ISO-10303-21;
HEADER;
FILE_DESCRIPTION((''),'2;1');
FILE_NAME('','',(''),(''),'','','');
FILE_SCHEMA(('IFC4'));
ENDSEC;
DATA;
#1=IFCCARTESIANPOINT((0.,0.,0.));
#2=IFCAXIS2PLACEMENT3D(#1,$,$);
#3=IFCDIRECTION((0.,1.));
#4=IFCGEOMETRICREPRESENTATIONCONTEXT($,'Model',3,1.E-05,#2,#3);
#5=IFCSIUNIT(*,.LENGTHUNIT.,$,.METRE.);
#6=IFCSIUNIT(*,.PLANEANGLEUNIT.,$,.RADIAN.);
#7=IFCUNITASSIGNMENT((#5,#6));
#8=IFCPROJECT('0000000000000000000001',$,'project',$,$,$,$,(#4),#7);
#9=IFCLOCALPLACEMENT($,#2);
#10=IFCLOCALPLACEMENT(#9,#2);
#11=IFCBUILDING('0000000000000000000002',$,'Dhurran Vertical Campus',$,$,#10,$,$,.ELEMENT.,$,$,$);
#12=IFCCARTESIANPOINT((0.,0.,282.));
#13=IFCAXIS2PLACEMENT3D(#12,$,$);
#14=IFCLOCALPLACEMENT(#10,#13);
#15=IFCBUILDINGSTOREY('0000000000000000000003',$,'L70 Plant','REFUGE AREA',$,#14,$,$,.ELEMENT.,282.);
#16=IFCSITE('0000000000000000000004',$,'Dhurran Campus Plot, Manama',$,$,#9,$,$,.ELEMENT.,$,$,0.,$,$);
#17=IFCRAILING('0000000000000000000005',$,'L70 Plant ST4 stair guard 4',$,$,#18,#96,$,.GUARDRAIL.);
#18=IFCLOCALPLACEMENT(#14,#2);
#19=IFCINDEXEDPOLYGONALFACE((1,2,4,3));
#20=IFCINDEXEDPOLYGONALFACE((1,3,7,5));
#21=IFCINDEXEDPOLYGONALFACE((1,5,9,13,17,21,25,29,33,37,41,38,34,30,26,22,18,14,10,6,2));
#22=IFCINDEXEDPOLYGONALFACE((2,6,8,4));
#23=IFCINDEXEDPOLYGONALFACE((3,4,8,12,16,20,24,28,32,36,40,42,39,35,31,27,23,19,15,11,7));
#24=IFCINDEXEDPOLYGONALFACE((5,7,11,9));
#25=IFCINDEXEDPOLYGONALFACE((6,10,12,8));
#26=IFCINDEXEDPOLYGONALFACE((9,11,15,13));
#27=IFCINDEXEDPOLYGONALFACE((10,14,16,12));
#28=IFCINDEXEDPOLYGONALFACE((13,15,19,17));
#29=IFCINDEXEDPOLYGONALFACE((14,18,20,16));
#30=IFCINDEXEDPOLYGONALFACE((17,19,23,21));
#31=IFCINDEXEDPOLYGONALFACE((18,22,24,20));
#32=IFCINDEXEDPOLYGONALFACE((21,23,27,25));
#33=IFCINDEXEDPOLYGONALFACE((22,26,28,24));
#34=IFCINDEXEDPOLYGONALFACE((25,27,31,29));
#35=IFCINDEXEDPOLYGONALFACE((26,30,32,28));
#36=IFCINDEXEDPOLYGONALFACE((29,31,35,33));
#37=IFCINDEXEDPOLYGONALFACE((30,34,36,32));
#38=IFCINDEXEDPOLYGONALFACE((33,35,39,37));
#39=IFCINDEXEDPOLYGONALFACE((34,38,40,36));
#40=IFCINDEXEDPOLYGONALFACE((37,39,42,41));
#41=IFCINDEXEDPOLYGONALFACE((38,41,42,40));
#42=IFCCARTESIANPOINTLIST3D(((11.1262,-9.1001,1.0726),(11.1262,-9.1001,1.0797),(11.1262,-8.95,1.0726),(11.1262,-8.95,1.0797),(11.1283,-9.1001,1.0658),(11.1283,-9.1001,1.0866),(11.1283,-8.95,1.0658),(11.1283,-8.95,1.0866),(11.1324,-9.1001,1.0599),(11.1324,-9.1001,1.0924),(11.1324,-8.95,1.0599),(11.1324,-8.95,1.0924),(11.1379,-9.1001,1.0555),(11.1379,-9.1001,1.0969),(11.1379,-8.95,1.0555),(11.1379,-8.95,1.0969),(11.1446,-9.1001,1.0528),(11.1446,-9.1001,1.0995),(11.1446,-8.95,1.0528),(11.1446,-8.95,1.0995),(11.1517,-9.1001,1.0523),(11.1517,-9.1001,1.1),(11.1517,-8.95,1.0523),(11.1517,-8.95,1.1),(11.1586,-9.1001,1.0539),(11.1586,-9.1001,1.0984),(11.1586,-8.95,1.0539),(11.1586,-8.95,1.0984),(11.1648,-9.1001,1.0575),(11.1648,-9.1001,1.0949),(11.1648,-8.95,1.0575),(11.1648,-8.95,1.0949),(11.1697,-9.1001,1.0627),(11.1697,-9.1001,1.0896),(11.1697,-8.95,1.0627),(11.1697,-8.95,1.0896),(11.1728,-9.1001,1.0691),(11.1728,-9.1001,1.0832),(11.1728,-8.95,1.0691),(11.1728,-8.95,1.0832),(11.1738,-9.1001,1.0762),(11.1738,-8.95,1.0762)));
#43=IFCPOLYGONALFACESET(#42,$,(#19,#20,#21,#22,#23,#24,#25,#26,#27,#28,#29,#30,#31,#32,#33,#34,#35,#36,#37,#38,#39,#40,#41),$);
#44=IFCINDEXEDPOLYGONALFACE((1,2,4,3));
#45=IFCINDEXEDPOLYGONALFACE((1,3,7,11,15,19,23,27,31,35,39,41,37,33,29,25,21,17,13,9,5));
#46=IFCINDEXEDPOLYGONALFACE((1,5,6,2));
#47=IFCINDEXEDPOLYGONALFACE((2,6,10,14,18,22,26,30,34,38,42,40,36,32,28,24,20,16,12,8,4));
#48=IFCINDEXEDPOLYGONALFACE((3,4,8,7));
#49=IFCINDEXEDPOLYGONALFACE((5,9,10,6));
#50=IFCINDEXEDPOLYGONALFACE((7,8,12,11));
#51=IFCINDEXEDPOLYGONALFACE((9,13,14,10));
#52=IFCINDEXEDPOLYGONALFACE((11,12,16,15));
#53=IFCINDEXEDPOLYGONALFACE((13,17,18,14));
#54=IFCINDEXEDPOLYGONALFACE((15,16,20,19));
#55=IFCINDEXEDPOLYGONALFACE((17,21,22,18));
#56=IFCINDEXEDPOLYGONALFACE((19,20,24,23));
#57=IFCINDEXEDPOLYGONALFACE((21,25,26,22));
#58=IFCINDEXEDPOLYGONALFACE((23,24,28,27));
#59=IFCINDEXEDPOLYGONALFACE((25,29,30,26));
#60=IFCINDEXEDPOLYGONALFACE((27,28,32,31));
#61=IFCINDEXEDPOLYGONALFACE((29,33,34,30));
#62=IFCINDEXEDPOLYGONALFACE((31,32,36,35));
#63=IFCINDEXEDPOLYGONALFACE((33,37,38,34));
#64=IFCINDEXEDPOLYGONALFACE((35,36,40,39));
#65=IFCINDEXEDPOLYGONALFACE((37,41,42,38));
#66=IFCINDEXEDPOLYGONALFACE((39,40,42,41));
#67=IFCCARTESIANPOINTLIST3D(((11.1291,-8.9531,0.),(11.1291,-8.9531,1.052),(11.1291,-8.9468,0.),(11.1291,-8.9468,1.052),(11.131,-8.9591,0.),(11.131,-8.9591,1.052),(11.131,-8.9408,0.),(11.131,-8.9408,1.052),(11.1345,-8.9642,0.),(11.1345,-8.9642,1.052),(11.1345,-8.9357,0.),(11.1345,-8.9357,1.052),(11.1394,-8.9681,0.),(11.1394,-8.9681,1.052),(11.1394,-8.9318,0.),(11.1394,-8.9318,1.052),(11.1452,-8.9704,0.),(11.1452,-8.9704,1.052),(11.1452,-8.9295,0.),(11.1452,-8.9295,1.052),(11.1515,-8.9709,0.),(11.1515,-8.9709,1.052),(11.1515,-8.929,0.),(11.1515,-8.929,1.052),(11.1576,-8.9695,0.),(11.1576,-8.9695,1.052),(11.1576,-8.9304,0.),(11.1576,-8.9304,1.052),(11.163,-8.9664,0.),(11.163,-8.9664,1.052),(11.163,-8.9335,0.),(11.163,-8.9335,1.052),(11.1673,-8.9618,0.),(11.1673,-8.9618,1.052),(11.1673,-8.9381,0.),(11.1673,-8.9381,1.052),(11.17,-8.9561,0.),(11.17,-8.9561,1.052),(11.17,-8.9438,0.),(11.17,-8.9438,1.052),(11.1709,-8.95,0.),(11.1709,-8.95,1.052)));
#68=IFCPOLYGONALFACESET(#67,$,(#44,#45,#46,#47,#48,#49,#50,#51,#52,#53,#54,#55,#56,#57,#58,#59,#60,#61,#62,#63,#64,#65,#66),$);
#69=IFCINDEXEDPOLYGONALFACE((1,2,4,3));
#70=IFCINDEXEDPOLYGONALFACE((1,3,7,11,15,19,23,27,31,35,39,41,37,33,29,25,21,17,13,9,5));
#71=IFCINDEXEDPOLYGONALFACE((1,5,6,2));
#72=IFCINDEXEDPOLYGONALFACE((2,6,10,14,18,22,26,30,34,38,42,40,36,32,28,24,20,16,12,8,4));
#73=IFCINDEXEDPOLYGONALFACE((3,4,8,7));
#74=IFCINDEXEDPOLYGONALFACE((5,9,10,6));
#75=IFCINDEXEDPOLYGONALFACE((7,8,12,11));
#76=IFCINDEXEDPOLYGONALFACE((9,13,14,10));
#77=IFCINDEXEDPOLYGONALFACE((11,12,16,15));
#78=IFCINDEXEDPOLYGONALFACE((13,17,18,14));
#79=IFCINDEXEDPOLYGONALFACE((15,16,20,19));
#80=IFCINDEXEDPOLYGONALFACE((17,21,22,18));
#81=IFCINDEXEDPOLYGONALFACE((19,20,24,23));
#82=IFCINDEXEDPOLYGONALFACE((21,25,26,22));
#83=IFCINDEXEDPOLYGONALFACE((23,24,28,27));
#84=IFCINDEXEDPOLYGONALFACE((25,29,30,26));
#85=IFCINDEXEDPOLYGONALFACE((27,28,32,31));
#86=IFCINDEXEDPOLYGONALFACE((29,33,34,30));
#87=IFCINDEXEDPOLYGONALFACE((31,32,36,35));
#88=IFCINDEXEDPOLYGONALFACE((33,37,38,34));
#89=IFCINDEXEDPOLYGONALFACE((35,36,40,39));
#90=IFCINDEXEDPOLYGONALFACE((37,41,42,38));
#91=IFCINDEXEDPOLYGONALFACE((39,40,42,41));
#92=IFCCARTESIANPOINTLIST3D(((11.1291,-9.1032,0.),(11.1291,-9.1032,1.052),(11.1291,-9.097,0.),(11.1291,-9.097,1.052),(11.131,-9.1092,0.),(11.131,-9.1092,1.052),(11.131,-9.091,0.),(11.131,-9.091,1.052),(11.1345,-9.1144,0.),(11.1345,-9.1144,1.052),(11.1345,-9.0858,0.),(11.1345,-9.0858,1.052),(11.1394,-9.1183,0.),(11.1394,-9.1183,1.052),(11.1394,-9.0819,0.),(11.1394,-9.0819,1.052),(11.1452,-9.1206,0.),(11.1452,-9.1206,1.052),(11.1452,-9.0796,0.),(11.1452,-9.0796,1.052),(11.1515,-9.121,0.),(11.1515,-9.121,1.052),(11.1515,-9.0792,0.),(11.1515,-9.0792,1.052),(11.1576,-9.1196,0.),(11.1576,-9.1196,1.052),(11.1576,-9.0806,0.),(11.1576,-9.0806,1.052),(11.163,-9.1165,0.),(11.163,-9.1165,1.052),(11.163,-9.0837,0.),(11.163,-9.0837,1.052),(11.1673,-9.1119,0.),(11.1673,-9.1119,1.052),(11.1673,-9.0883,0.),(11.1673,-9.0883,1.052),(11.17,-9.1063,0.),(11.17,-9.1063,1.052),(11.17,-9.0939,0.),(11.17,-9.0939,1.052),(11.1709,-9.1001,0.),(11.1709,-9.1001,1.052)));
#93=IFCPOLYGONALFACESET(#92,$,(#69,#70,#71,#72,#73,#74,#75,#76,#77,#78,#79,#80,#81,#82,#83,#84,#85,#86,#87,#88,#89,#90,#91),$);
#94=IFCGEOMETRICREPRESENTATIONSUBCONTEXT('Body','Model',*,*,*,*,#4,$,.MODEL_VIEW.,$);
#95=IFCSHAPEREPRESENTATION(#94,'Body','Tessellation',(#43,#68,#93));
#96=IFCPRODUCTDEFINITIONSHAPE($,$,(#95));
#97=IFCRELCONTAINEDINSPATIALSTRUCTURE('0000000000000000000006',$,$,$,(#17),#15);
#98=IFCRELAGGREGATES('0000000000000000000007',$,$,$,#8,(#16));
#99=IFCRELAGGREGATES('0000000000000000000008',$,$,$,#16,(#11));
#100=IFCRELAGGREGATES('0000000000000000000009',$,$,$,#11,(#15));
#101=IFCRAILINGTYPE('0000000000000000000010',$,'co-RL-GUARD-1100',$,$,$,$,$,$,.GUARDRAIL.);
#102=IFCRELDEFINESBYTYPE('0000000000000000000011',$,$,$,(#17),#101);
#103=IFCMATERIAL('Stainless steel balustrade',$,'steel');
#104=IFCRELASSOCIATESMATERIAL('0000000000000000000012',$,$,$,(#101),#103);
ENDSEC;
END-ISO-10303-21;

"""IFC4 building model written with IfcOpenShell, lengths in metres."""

from ifc_helpers import new_model, si_unit, direction, frame, origin, origin_2d, place, context, subcontext, project, spatial, circle, extrude, material, type_object, element, save


model = new_model("IFC4")

# Units and contexts
model_context = context("Model", 3, precision=1e-05, world=origin(), true_north=direction((0.0, 1.0)))
body_context = subcontext(model_context, "Body", "Model", "MODEL_VIEW")
ifc_project = project(units=[si_unit("LENGTHUNIT", "METRE"), si_unit("PLANEANGLEUNIT", "RADIAN")], contexts=[model_context])

# Site, building, storey
site_placement = place(None, origin())
site = spatial("IfcSite", under=ifc_project, at=site_placement, Name="Dhurran Campus Plot, Manama", CompositionType="ELEMENT", RefElevation=0.0)
building_placement = place(site_placement, origin())
building = spatial("IfcBuilding", under=site, at=building_placement, Name="Dhurran Vertical Campus", CompositionType="ELEMENT")
storey_placement = place(building_placement, frame((0.0, 0.0, 282.0)))
storey = spatial("IfcBuildingStorey", under=building, at=storey_placement, Name="L70 Plant", Description="REFUGE AREA", CompositionType="ELEMENT", Elevation=282.0)

# Railing
ifc_material_1 = material(Name="Stainless steel balustrade", Category="steel")
railing_type_1 = type_object("IfcRailingType", Name="co-RL-GUARD-1100", PredefinedType="GUARDRAIL", material=ifc_material_1)
railing_1_placement = place(storey_placement, frame((11.1499, -8.95, 0.0)))
element("IfcRailing", 1, at=railing_1_placement, inside=storey, type_object=railing_type_1, Name="L70 Plant ST4 stair guard 4", PredefinedType="GUARDRAIL", context=body_context, shape_type="SweptSolid", body=[
    extrude(circle(Radius=0.0239, at=origin_2d()), frame((0.0, 0.0, 1.0762), z_axis=(0.0, -1.0, 0.0), x_axis=(1.0, 0.0, 0.0)), (0.0, 0.0, 1.0), 0.1501),
    extrude(circle(Radius=0.021, at=origin_2d()), origin(), (0.0, 0.0, 1.0), 1.052),
    extrude(circle(Radius=0.021, at=origin_2d()), frame((0.0, -0.1501, 0.0)), (0.0, 0.0, 1.0), 1.052),
])

save(model, "model.ifc")
